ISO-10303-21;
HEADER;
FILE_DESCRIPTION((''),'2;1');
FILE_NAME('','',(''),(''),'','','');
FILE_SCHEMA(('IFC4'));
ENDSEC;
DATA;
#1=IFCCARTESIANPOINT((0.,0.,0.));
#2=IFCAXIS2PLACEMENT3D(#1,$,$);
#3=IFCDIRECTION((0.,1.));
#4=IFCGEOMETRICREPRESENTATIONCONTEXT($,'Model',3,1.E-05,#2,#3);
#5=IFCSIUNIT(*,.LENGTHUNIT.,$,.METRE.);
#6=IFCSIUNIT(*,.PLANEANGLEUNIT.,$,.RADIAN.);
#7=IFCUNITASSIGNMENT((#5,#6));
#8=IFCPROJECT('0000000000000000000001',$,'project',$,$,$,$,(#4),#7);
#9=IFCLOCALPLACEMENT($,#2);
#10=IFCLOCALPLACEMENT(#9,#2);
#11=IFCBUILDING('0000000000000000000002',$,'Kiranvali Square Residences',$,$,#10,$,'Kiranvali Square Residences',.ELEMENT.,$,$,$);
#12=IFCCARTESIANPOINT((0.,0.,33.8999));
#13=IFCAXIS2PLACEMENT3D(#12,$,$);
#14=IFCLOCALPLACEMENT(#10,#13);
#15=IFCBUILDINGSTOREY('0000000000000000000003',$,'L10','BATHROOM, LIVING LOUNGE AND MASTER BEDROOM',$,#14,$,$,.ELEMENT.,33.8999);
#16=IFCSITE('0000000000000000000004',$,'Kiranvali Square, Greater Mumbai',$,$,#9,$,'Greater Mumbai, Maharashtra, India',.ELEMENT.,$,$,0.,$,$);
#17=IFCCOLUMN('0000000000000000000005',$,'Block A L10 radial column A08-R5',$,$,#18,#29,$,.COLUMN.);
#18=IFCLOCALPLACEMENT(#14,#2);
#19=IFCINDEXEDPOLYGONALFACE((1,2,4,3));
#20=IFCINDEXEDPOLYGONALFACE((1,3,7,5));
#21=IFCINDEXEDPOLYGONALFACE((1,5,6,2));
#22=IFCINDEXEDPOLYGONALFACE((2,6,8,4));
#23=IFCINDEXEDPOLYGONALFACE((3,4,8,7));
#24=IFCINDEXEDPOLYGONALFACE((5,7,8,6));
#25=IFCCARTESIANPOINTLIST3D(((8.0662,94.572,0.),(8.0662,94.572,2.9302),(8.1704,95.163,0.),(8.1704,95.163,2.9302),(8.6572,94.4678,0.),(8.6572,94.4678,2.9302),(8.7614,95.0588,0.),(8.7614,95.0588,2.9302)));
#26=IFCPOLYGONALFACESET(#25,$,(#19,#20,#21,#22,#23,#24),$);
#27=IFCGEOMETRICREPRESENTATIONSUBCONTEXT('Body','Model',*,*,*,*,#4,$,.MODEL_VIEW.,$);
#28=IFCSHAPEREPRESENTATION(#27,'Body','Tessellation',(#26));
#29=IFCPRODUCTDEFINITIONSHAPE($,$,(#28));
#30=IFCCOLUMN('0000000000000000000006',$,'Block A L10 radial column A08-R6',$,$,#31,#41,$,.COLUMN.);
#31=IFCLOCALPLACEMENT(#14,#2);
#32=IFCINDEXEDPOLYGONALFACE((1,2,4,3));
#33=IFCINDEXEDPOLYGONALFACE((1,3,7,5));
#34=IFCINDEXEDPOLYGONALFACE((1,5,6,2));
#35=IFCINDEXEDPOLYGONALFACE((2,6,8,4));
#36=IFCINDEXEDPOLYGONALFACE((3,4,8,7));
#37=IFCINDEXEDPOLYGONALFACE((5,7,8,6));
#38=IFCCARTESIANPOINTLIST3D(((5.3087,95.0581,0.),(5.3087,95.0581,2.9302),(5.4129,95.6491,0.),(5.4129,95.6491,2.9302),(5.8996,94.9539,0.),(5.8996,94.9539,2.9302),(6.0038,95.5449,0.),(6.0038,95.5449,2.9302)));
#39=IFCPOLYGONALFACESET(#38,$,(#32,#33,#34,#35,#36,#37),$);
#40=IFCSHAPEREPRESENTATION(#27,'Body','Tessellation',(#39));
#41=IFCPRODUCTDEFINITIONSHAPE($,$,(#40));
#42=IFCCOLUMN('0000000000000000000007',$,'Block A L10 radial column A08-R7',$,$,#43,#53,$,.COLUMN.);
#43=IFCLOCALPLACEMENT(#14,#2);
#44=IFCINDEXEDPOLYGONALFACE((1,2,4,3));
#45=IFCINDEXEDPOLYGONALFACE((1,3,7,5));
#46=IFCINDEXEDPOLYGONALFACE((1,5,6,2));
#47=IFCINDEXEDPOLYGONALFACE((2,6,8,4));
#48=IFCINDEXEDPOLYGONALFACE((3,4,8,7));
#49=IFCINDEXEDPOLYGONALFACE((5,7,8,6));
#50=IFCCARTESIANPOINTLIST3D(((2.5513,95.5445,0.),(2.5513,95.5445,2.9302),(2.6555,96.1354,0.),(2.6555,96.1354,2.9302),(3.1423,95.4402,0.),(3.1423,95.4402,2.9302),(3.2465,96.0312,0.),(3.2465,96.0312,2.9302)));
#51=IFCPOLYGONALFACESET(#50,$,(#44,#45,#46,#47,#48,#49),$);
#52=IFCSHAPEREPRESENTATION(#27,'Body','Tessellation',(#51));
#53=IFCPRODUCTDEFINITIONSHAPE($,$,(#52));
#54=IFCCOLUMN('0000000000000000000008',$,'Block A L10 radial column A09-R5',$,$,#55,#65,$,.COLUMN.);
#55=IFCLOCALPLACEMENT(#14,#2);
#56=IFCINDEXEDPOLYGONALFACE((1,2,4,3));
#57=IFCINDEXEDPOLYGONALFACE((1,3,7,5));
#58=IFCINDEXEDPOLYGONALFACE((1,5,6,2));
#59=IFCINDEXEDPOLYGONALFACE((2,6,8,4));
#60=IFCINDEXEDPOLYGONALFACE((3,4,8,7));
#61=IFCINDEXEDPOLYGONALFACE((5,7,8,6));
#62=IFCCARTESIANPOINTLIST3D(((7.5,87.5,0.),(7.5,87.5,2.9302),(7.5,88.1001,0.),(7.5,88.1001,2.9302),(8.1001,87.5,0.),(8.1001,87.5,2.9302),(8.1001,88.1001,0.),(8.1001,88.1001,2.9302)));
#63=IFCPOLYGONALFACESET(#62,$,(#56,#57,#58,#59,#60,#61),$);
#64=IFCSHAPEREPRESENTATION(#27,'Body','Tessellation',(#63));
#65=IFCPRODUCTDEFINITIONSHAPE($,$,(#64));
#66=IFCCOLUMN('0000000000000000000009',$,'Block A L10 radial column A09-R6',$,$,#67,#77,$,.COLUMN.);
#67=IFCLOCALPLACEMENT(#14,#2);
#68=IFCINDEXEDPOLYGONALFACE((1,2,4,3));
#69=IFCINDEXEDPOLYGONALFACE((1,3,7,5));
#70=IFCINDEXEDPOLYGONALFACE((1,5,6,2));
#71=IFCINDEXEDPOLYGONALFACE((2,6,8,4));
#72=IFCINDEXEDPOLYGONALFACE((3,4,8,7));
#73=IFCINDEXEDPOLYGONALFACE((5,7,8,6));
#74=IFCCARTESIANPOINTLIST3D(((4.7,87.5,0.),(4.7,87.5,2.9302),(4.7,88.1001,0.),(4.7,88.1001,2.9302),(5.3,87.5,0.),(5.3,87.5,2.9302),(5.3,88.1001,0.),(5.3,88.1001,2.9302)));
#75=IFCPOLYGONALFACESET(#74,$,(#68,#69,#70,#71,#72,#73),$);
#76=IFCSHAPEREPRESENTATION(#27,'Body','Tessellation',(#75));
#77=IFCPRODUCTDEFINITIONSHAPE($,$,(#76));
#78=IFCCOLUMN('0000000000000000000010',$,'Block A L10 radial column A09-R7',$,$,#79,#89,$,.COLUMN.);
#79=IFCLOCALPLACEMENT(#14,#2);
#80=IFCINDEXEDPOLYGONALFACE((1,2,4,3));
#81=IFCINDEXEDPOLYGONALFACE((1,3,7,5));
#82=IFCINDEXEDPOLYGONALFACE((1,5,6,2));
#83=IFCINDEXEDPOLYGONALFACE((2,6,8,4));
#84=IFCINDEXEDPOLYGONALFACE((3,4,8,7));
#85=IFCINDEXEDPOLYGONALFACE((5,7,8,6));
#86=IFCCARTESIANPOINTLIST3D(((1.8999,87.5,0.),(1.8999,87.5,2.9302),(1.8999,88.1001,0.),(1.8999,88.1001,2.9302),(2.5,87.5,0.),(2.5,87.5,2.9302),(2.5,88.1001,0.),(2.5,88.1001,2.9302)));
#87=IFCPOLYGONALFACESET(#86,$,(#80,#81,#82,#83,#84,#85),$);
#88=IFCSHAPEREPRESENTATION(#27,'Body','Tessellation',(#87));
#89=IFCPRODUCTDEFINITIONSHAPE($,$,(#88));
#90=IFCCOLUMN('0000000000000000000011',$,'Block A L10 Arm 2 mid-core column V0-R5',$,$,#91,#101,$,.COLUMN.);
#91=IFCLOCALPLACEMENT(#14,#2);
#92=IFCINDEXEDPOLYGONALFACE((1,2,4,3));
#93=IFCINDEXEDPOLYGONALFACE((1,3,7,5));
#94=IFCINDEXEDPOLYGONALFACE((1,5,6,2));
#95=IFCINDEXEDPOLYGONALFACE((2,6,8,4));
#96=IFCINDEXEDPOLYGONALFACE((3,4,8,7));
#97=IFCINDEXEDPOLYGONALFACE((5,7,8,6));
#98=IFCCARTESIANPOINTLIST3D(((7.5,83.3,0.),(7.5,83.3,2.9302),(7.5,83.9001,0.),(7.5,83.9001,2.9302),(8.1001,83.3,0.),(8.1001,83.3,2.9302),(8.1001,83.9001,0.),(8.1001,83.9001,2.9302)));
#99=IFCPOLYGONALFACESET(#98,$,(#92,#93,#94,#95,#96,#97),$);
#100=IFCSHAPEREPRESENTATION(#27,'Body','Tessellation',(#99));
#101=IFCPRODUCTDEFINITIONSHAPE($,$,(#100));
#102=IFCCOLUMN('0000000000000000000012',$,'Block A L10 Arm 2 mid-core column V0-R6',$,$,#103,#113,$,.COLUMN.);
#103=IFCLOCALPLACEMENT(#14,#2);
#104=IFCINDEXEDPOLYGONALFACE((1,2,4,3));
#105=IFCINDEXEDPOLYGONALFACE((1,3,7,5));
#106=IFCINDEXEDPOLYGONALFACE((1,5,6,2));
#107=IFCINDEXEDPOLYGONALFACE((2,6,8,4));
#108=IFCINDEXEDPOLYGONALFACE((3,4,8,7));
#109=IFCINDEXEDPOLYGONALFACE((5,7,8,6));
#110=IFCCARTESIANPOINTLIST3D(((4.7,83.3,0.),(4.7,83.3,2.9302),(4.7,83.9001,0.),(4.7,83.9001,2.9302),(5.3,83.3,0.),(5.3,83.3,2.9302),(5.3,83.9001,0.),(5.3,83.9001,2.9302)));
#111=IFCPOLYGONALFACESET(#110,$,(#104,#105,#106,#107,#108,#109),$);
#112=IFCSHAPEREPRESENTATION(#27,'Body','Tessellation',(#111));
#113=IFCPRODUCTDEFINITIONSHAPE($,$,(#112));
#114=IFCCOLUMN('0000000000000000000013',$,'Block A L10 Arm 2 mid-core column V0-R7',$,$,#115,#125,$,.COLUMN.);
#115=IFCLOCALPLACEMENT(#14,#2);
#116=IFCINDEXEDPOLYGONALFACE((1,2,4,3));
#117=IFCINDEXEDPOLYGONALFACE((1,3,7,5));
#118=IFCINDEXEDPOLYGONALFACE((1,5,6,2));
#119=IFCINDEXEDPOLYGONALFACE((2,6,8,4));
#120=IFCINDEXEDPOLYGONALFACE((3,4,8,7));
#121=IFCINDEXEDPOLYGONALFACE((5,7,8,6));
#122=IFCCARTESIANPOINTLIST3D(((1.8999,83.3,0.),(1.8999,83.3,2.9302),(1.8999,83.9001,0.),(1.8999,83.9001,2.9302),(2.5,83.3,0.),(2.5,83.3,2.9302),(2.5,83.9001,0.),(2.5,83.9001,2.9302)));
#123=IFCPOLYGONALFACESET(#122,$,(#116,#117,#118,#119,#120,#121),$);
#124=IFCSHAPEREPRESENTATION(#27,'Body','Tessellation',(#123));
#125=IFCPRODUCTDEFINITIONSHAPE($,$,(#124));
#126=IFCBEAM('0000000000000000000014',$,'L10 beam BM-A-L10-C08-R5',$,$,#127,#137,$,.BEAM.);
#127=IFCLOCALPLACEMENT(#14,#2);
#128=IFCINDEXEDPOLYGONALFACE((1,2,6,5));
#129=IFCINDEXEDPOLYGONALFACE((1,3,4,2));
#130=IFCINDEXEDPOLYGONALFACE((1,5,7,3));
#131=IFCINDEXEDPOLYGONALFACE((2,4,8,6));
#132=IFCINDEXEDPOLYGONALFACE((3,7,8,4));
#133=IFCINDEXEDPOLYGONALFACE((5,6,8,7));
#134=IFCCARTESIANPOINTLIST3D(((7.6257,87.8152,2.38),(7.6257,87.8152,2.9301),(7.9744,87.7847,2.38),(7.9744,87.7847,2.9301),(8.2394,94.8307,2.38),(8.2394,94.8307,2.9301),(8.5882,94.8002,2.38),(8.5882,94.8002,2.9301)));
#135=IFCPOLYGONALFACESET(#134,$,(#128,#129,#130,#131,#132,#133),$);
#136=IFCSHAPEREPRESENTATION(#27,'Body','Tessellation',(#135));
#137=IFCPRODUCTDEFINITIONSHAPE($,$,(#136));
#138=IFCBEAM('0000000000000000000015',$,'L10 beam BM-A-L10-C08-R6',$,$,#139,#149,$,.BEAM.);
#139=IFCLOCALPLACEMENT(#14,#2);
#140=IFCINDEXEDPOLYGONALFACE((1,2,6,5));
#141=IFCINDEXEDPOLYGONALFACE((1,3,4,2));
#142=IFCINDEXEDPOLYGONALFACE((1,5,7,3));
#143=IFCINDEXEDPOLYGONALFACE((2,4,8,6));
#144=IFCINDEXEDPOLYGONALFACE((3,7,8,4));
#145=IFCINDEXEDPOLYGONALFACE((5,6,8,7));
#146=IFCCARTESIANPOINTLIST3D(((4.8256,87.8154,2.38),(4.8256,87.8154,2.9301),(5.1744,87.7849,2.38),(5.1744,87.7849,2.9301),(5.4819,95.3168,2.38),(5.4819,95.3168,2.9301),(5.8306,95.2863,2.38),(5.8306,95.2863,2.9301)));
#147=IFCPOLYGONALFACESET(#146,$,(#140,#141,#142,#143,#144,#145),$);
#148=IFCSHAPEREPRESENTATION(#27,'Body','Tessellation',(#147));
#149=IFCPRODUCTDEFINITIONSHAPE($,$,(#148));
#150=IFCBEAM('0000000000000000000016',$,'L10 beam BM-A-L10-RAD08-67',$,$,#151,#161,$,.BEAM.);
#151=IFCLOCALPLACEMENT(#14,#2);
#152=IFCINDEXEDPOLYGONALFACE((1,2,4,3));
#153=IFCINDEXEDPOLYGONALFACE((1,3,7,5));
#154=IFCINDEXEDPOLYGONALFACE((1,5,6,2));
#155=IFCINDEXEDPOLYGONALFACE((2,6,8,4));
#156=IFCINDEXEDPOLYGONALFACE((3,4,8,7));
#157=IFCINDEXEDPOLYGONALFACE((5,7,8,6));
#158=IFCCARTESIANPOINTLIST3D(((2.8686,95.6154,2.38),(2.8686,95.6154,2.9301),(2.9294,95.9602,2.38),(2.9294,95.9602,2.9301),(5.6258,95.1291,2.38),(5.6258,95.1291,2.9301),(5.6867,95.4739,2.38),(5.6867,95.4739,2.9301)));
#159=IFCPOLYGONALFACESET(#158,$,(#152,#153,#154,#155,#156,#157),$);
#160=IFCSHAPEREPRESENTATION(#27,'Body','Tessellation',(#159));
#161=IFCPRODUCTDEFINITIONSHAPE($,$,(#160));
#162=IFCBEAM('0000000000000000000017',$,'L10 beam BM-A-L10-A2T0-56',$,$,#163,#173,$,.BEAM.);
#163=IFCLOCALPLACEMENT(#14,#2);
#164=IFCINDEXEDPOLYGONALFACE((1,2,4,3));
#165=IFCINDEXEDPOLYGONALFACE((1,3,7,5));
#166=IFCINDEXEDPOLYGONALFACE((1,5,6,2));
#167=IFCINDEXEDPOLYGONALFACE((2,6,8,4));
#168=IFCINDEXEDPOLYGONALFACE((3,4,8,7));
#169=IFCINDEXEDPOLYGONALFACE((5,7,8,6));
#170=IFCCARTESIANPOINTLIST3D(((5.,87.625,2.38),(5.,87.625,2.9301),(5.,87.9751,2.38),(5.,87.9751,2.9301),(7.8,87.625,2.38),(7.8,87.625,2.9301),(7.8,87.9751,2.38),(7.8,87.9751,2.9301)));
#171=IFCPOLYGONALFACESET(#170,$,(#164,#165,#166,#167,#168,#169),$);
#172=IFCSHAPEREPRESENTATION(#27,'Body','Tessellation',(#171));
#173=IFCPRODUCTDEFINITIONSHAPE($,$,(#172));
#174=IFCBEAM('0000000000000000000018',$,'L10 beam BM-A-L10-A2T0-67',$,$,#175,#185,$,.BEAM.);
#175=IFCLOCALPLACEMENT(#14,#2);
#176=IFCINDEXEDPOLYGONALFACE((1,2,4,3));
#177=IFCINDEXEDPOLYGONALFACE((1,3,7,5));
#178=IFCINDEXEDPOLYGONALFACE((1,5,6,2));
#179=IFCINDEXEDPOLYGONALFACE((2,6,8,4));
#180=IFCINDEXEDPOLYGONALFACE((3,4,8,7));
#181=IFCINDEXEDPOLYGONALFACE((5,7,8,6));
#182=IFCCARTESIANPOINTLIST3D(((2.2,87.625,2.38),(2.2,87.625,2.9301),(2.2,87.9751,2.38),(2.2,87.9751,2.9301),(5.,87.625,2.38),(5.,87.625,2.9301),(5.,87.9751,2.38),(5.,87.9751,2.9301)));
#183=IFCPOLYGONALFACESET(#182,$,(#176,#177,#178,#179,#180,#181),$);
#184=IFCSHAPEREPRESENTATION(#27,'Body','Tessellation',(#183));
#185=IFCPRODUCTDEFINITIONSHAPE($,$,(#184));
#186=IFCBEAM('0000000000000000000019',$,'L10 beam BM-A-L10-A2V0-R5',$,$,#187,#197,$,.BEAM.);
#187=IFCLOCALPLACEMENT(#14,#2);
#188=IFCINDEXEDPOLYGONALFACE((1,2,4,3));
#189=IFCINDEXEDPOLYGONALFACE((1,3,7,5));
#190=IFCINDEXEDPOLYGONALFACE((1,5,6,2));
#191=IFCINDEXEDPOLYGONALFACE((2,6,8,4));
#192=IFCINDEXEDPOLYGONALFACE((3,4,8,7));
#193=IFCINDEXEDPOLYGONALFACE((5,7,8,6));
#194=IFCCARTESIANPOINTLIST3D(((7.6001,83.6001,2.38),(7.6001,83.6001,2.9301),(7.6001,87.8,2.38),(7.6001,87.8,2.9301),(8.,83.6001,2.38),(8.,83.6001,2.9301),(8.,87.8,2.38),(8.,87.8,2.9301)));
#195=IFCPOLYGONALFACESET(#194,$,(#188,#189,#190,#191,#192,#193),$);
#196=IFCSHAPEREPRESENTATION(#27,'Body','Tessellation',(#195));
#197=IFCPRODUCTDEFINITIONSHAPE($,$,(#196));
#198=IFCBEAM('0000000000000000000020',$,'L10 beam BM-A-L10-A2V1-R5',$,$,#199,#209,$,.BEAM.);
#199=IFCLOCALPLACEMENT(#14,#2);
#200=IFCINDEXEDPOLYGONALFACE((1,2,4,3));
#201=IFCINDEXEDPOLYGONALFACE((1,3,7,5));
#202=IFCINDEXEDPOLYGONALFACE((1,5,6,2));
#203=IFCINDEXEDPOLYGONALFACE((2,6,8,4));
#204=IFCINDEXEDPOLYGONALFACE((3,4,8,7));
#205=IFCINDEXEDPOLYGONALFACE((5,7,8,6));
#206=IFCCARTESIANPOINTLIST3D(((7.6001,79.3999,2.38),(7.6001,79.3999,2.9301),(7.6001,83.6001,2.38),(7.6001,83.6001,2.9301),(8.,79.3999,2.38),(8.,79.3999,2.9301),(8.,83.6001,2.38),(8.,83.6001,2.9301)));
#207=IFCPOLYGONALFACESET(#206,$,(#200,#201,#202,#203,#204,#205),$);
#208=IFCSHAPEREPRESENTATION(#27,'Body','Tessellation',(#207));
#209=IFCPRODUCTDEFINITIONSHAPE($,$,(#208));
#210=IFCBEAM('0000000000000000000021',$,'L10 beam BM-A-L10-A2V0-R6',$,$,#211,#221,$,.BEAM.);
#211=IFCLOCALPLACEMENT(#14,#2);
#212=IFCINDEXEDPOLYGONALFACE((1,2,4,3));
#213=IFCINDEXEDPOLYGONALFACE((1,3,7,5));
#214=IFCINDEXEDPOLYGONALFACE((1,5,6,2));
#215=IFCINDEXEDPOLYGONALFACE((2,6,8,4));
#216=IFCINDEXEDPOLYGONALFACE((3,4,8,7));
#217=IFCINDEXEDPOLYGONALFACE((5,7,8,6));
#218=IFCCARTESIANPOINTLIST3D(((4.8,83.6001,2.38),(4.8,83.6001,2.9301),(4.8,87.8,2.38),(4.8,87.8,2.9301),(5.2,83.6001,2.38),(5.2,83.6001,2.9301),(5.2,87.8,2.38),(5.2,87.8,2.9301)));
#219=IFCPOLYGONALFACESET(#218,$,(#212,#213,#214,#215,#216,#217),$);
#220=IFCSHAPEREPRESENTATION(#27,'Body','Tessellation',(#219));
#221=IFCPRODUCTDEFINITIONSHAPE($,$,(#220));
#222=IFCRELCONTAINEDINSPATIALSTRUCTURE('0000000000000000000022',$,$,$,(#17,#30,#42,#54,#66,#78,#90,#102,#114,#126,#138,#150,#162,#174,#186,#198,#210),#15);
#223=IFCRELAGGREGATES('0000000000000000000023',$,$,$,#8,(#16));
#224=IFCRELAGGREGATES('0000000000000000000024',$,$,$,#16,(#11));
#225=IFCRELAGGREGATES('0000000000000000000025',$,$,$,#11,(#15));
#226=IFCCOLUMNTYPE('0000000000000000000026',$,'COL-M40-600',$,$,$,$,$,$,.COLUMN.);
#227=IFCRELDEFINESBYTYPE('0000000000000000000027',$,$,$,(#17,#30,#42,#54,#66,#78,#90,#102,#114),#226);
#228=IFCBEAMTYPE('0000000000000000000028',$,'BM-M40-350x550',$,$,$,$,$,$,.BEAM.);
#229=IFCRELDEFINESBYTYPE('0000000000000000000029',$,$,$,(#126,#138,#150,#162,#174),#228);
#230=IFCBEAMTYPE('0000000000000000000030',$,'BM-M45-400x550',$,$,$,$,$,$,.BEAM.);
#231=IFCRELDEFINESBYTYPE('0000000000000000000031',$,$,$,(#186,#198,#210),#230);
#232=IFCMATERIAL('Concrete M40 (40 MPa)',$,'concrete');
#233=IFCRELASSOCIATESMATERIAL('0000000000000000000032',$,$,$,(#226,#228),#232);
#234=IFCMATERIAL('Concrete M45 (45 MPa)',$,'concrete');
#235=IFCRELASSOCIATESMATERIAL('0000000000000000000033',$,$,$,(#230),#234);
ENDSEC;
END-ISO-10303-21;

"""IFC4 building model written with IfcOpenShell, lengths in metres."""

from ifc_helpers import new_model, si_unit, direction, frame, origin, origin_2d, place, context, subcontext, project, spatial, rectangle, extrude, material, material_profile, profile_set, type_object, element, save


model = new_model("IFC4")

# Units and contexts
model_context = context("Model", 3, precision=1e-05, world=origin(), true_north=direction((0.0, 1.0)))
body_context = subcontext(model_context, "Body", "Model", "MODEL_VIEW")
ifc_project = project(units=[si_unit("LENGTHUNIT", "METRE"), si_unit("PLANEANGLEUNIT", "RADIAN")], contexts=[model_context])

# Site, building, storey
site_placement = place(None, origin())
site = spatial("IfcSite", under=ifc_project, at=site_placement, Name="Kiranvali Square, Greater Mumbai", LongName="Greater Mumbai, Maharashtra, India", CompositionType="ELEMENT", RefElevation=0.0)
building_placement = place(site_placement, origin())
building = spatial("IfcBuilding", under=site, at=building_placement, Name="Kiranvali Square Residences", LongName="Kiranvali Square Residences", CompositionType="ELEMENT")
storey_placement = place(building_placement, frame((0.0, 0.0, 33.8999)))
storey = spatial("IfcBuildingStorey", under=building, at=storey_placement, Name="L10", Description="BATHROOM, LIVING LOUNGE AND MASTER BEDROOM", CompositionType="ELEMENT", Elevation=33.8999)

# Columns
ifc_material_1 = material(Name="Concrete M40 (40 MPa)", Category="concrete")
ifc_material_profile_1 = material_profile(ifc_material_1, rectangle(XDim=0.6001, YDim=0.6001, at=origin_2d()), Name="RC 600x600")
ifc_profile_set_1 = profile_set([ifc_material_profile_1], Name="Concrete M40 (40 MPa)")
column_type = type_object("IfcColumnType", Name="COL-M40-600", PredefinedType="COLUMN", material=ifc_profile_set_1)
for number, where, z_axis, x_axis, name in (
    (1, (8.4138, 94.8154, 0.0), (0.0, 0.0, 1.0), (0.173648, 0.984808, 0.0), "Block A L10 radial column A08-R5"),
    (2, (5.6562, 95.3015, 0.0), (0.0, 0.0, 1.0), (0.173648, 0.984808, 0.0), "Block A L10 radial column A08-R6"),
    (3, (2.8989, 95.7878, 0.0), (0.0, 0.0, 1.0), (0.173648, 0.984808, 0.0), "Block A L10 radial column A08-R7"),
    (4, (7.8, 87.8, 0.0), (0.0, 0.0, 1.0), (0.0, 1.0, 0.0), "Block A L10 radial column A09-R5"),
    (5, (5.0, 87.8, 0.0), (0.0, 0.0, 1.0), (0.0, 1.0, 0.0), "Block A L10 radial column A09-R6"),
    (6, (2.2, 87.8, 0.0), (0.0, 0.0, 1.0), (0.0, 1.0, 0.0), "Block A L10 radial column A09-R7"),
    (7, (7.8, 83.6001, 0.0), (0.0, 0.0, 1.0), (1.0, 0.0, 0.0), "Block A L10 Arm 2 mid-core column V0-R5"),
    (8, (5.0, 83.6001, 0.0), (0.0, 0.0, 1.0), (1.0, 0.0, 0.0), "Block A L10 Arm 2 mid-core column V0-R6"),
    (9, (2.2, 83.6001, 0.0), (0.0, 0.0, 1.0), (1.0, 0.0, 0.0), "Block A L10 Arm 2 mid-core column V0-R7"),
):
    element("IfcColumn", number, at=place(storey_placement, frame(where, z_axis=z_axis, x_axis=x_axis)), inside=storey, type_object=column_type, Name=name, PredefinedType="COLUMN", context=body_context, shape_type="SweptSolid", body=[
        extrude(rectangle(XDim=0.6001, YDim=0.6001, at=origin_2d()), origin(), (0.0, 0.0, 1.0), 2.9302),
    ])

# Beams
ifc_material_profile_2 = material_profile(ifc_material_1, rectangle(XDim=0.3501, YDim=0.55, at=origin_2d()), Name="RC 350x550")
ifc_profile_set_2 = profile_set([ifc_material_profile_2], Name="Concrete M40 (40 MPa)")
beam_type_1 = type_object("IfcBeamType", Name="BM-M40-350x550", PredefinedType="BEAM", material=ifc_profile_set_2)
beam_1_placement = place(storey_placement, frame((8.4138, 94.8154, 2.655), z_axis=(-0.087156, -0.996195, 0.0), x_axis=(0.996195, -0.087156, 0.0)))
element("IfcBeam", 10, at=beam_1_placement, inside=storey, type_object=beam_type_1, Name="L10 beam BM-A-L10-C08-R5", PredefinedType="BEAM", context=body_context, shape_type="SweptSolid", body=[
    extrude(rectangle(XDim=0.3501, YDim=0.55, at=origin_2d()), origin(), (0.0, 0.0, 1.0), 7.0422),
])
beam_2_placement = place(storey_placement, frame((5.6562, 95.3015, 2.655), z_axis=(-0.08715, -0.996195, 0.0), x_axis=(0.996195, -0.08715, 0.0)))
element("IfcBeam", 11, at=beam_2_placement, inside=storey, type_object=beam_type_1, Name="L10 beam BM-A-L10-C08-R6", PredefinedType="BEAM", context=body_context, shape_type="SweptSolid", body=[
    extrude(rectangle(XDim=0.3501, YDim=0.55, at=origin_2d()), origin(), (0.0, 0.0, 1.0), 7.53),
])
beam_3_placement = place(storey_placement, frame((5.6562, 95.3015, 2.655), z_axis=(-0.984799, 0.173696, 0.0), x_axis=(-0.173696, -0.984799, 0.0)))
element("IfcBeam", 12, at=beam_3_placement, inside=storey, type_object=beam_type_1, Name="L10 beam BM-A-L10-RAD08-67", PredefinedType="BEAM", context=body_context, shape_type="SweptSolid", body=[
    extrude(rectangle(XDim=0.3501, YDim=0.55, at=origin_2d()), origin(), (0.0, 0.0, 1.0), 2.7998),
])
for number, where, z_axis, x_axis, name in (
    (13, (7.8, 87.8, 2.655), (-1.0, 0.0, 0.0), (0.0, -1.0, 0.0), "L10 beam BM-A-L10-A2T0-56"),
    (14, (5.0, 87.8, 2.655), (-1.0, 0.0, 0.0), (0.0, -1.0, 0.0), "L10 beam BM-A-L10-A2T0-67"),
):
    element("IfcBeam", number, at=place(storey_placement, frame(where, z_axis=z_axis, x_axis=x_axis)), inside=storey, type_object=beam_type_1, Name=name, PredefinedType="BEAM", context=body_context, shape_type="SweptSolid", body=[
        extrude(rectangle(XDim=0.3501, YDim=0.55, at=origin_2d()), origin(), (0.0, 0.0, 1.0), 2.8),
    ])
ifc_material_2 = material(Name="Concrete M45 (45 MPa)", Category="concrete")
ifc_material_profile_3 = material_profile(ifc_material_2, rectangle(XDim=0.3999, YDim=0.55, at=origin_2d()), Name="RC 400x550")
ifc_profile_set_3 = profile_set([ifc_material_profile_3], Name="Concrete M45 (45 MPa)")
beam_type_2 = type_object("IfcBeamType", Name="BM-M45-400x550", PredefinedType="BEAM", material=ifc_profile_set_3)
beam_4_placement = place(storey_placement, frame((7.8, 87.8, 2.655), z_axis=(0.0, -1.0, 0.0), x_axis=(1.0, 0.0, 0.0)))
element("IfcBeam", 15, at=beam_4_placement, inside=storey, type_object=beam_type_2, Name="L10 beam BM-A-L10-A2V0-R5", PredefinedType="BEAM", context=body_context, shape_type="SweptSolid", body=[
    extrude(rectangle(XDim=0.3999, YDim=0.55, at=origin_2d()), origin(), (0.0, 0.0, 1.0), 4.2),
])
beam_5_placement = place(storey_placement, frame((7.8, 83.6001, 2.655), z_axis=(0.0, -1.0, 0.0), x_axis=(1.0, 0.0, 0.0)))
element("IfcBeam", 16, at=beam_5_placement, inside=storey, type_object=beam_type_2, Name="L10 beam BM-A-L10-A2V1-R5", PredefinedType="BEAM", context=body_context, shape_type="SweptSolid", body=[
    extrude(rectangle(XDim=0.3999, YDim=0.55, at=origin_2d()), origin(), (0.0, 0.0, 1.0), 4.2002),
])
beam_6_placement = place(storey_placement, frame((5.0, 87.8, 2.655), z_axis=(0.0, -1.0, 0.0), x_axis=(1.0, 0.0, 0.0)))
element("IfcBeam", 17, at=beam_6_placement, inside=storey, type_object=beam_type_2, Name="L10 beam BM-A-L10-A2V0-R6", PredefinedType="BEAM", context=body_context, shape_type="SweptSolid", body=[
    extrude(rectangle(XDim=0.3999, YDim=0.55, at=origin_2d()), origin(), (0.0, 0.0, 1.0), 4.2),
])

save(model, "model.ifc")
